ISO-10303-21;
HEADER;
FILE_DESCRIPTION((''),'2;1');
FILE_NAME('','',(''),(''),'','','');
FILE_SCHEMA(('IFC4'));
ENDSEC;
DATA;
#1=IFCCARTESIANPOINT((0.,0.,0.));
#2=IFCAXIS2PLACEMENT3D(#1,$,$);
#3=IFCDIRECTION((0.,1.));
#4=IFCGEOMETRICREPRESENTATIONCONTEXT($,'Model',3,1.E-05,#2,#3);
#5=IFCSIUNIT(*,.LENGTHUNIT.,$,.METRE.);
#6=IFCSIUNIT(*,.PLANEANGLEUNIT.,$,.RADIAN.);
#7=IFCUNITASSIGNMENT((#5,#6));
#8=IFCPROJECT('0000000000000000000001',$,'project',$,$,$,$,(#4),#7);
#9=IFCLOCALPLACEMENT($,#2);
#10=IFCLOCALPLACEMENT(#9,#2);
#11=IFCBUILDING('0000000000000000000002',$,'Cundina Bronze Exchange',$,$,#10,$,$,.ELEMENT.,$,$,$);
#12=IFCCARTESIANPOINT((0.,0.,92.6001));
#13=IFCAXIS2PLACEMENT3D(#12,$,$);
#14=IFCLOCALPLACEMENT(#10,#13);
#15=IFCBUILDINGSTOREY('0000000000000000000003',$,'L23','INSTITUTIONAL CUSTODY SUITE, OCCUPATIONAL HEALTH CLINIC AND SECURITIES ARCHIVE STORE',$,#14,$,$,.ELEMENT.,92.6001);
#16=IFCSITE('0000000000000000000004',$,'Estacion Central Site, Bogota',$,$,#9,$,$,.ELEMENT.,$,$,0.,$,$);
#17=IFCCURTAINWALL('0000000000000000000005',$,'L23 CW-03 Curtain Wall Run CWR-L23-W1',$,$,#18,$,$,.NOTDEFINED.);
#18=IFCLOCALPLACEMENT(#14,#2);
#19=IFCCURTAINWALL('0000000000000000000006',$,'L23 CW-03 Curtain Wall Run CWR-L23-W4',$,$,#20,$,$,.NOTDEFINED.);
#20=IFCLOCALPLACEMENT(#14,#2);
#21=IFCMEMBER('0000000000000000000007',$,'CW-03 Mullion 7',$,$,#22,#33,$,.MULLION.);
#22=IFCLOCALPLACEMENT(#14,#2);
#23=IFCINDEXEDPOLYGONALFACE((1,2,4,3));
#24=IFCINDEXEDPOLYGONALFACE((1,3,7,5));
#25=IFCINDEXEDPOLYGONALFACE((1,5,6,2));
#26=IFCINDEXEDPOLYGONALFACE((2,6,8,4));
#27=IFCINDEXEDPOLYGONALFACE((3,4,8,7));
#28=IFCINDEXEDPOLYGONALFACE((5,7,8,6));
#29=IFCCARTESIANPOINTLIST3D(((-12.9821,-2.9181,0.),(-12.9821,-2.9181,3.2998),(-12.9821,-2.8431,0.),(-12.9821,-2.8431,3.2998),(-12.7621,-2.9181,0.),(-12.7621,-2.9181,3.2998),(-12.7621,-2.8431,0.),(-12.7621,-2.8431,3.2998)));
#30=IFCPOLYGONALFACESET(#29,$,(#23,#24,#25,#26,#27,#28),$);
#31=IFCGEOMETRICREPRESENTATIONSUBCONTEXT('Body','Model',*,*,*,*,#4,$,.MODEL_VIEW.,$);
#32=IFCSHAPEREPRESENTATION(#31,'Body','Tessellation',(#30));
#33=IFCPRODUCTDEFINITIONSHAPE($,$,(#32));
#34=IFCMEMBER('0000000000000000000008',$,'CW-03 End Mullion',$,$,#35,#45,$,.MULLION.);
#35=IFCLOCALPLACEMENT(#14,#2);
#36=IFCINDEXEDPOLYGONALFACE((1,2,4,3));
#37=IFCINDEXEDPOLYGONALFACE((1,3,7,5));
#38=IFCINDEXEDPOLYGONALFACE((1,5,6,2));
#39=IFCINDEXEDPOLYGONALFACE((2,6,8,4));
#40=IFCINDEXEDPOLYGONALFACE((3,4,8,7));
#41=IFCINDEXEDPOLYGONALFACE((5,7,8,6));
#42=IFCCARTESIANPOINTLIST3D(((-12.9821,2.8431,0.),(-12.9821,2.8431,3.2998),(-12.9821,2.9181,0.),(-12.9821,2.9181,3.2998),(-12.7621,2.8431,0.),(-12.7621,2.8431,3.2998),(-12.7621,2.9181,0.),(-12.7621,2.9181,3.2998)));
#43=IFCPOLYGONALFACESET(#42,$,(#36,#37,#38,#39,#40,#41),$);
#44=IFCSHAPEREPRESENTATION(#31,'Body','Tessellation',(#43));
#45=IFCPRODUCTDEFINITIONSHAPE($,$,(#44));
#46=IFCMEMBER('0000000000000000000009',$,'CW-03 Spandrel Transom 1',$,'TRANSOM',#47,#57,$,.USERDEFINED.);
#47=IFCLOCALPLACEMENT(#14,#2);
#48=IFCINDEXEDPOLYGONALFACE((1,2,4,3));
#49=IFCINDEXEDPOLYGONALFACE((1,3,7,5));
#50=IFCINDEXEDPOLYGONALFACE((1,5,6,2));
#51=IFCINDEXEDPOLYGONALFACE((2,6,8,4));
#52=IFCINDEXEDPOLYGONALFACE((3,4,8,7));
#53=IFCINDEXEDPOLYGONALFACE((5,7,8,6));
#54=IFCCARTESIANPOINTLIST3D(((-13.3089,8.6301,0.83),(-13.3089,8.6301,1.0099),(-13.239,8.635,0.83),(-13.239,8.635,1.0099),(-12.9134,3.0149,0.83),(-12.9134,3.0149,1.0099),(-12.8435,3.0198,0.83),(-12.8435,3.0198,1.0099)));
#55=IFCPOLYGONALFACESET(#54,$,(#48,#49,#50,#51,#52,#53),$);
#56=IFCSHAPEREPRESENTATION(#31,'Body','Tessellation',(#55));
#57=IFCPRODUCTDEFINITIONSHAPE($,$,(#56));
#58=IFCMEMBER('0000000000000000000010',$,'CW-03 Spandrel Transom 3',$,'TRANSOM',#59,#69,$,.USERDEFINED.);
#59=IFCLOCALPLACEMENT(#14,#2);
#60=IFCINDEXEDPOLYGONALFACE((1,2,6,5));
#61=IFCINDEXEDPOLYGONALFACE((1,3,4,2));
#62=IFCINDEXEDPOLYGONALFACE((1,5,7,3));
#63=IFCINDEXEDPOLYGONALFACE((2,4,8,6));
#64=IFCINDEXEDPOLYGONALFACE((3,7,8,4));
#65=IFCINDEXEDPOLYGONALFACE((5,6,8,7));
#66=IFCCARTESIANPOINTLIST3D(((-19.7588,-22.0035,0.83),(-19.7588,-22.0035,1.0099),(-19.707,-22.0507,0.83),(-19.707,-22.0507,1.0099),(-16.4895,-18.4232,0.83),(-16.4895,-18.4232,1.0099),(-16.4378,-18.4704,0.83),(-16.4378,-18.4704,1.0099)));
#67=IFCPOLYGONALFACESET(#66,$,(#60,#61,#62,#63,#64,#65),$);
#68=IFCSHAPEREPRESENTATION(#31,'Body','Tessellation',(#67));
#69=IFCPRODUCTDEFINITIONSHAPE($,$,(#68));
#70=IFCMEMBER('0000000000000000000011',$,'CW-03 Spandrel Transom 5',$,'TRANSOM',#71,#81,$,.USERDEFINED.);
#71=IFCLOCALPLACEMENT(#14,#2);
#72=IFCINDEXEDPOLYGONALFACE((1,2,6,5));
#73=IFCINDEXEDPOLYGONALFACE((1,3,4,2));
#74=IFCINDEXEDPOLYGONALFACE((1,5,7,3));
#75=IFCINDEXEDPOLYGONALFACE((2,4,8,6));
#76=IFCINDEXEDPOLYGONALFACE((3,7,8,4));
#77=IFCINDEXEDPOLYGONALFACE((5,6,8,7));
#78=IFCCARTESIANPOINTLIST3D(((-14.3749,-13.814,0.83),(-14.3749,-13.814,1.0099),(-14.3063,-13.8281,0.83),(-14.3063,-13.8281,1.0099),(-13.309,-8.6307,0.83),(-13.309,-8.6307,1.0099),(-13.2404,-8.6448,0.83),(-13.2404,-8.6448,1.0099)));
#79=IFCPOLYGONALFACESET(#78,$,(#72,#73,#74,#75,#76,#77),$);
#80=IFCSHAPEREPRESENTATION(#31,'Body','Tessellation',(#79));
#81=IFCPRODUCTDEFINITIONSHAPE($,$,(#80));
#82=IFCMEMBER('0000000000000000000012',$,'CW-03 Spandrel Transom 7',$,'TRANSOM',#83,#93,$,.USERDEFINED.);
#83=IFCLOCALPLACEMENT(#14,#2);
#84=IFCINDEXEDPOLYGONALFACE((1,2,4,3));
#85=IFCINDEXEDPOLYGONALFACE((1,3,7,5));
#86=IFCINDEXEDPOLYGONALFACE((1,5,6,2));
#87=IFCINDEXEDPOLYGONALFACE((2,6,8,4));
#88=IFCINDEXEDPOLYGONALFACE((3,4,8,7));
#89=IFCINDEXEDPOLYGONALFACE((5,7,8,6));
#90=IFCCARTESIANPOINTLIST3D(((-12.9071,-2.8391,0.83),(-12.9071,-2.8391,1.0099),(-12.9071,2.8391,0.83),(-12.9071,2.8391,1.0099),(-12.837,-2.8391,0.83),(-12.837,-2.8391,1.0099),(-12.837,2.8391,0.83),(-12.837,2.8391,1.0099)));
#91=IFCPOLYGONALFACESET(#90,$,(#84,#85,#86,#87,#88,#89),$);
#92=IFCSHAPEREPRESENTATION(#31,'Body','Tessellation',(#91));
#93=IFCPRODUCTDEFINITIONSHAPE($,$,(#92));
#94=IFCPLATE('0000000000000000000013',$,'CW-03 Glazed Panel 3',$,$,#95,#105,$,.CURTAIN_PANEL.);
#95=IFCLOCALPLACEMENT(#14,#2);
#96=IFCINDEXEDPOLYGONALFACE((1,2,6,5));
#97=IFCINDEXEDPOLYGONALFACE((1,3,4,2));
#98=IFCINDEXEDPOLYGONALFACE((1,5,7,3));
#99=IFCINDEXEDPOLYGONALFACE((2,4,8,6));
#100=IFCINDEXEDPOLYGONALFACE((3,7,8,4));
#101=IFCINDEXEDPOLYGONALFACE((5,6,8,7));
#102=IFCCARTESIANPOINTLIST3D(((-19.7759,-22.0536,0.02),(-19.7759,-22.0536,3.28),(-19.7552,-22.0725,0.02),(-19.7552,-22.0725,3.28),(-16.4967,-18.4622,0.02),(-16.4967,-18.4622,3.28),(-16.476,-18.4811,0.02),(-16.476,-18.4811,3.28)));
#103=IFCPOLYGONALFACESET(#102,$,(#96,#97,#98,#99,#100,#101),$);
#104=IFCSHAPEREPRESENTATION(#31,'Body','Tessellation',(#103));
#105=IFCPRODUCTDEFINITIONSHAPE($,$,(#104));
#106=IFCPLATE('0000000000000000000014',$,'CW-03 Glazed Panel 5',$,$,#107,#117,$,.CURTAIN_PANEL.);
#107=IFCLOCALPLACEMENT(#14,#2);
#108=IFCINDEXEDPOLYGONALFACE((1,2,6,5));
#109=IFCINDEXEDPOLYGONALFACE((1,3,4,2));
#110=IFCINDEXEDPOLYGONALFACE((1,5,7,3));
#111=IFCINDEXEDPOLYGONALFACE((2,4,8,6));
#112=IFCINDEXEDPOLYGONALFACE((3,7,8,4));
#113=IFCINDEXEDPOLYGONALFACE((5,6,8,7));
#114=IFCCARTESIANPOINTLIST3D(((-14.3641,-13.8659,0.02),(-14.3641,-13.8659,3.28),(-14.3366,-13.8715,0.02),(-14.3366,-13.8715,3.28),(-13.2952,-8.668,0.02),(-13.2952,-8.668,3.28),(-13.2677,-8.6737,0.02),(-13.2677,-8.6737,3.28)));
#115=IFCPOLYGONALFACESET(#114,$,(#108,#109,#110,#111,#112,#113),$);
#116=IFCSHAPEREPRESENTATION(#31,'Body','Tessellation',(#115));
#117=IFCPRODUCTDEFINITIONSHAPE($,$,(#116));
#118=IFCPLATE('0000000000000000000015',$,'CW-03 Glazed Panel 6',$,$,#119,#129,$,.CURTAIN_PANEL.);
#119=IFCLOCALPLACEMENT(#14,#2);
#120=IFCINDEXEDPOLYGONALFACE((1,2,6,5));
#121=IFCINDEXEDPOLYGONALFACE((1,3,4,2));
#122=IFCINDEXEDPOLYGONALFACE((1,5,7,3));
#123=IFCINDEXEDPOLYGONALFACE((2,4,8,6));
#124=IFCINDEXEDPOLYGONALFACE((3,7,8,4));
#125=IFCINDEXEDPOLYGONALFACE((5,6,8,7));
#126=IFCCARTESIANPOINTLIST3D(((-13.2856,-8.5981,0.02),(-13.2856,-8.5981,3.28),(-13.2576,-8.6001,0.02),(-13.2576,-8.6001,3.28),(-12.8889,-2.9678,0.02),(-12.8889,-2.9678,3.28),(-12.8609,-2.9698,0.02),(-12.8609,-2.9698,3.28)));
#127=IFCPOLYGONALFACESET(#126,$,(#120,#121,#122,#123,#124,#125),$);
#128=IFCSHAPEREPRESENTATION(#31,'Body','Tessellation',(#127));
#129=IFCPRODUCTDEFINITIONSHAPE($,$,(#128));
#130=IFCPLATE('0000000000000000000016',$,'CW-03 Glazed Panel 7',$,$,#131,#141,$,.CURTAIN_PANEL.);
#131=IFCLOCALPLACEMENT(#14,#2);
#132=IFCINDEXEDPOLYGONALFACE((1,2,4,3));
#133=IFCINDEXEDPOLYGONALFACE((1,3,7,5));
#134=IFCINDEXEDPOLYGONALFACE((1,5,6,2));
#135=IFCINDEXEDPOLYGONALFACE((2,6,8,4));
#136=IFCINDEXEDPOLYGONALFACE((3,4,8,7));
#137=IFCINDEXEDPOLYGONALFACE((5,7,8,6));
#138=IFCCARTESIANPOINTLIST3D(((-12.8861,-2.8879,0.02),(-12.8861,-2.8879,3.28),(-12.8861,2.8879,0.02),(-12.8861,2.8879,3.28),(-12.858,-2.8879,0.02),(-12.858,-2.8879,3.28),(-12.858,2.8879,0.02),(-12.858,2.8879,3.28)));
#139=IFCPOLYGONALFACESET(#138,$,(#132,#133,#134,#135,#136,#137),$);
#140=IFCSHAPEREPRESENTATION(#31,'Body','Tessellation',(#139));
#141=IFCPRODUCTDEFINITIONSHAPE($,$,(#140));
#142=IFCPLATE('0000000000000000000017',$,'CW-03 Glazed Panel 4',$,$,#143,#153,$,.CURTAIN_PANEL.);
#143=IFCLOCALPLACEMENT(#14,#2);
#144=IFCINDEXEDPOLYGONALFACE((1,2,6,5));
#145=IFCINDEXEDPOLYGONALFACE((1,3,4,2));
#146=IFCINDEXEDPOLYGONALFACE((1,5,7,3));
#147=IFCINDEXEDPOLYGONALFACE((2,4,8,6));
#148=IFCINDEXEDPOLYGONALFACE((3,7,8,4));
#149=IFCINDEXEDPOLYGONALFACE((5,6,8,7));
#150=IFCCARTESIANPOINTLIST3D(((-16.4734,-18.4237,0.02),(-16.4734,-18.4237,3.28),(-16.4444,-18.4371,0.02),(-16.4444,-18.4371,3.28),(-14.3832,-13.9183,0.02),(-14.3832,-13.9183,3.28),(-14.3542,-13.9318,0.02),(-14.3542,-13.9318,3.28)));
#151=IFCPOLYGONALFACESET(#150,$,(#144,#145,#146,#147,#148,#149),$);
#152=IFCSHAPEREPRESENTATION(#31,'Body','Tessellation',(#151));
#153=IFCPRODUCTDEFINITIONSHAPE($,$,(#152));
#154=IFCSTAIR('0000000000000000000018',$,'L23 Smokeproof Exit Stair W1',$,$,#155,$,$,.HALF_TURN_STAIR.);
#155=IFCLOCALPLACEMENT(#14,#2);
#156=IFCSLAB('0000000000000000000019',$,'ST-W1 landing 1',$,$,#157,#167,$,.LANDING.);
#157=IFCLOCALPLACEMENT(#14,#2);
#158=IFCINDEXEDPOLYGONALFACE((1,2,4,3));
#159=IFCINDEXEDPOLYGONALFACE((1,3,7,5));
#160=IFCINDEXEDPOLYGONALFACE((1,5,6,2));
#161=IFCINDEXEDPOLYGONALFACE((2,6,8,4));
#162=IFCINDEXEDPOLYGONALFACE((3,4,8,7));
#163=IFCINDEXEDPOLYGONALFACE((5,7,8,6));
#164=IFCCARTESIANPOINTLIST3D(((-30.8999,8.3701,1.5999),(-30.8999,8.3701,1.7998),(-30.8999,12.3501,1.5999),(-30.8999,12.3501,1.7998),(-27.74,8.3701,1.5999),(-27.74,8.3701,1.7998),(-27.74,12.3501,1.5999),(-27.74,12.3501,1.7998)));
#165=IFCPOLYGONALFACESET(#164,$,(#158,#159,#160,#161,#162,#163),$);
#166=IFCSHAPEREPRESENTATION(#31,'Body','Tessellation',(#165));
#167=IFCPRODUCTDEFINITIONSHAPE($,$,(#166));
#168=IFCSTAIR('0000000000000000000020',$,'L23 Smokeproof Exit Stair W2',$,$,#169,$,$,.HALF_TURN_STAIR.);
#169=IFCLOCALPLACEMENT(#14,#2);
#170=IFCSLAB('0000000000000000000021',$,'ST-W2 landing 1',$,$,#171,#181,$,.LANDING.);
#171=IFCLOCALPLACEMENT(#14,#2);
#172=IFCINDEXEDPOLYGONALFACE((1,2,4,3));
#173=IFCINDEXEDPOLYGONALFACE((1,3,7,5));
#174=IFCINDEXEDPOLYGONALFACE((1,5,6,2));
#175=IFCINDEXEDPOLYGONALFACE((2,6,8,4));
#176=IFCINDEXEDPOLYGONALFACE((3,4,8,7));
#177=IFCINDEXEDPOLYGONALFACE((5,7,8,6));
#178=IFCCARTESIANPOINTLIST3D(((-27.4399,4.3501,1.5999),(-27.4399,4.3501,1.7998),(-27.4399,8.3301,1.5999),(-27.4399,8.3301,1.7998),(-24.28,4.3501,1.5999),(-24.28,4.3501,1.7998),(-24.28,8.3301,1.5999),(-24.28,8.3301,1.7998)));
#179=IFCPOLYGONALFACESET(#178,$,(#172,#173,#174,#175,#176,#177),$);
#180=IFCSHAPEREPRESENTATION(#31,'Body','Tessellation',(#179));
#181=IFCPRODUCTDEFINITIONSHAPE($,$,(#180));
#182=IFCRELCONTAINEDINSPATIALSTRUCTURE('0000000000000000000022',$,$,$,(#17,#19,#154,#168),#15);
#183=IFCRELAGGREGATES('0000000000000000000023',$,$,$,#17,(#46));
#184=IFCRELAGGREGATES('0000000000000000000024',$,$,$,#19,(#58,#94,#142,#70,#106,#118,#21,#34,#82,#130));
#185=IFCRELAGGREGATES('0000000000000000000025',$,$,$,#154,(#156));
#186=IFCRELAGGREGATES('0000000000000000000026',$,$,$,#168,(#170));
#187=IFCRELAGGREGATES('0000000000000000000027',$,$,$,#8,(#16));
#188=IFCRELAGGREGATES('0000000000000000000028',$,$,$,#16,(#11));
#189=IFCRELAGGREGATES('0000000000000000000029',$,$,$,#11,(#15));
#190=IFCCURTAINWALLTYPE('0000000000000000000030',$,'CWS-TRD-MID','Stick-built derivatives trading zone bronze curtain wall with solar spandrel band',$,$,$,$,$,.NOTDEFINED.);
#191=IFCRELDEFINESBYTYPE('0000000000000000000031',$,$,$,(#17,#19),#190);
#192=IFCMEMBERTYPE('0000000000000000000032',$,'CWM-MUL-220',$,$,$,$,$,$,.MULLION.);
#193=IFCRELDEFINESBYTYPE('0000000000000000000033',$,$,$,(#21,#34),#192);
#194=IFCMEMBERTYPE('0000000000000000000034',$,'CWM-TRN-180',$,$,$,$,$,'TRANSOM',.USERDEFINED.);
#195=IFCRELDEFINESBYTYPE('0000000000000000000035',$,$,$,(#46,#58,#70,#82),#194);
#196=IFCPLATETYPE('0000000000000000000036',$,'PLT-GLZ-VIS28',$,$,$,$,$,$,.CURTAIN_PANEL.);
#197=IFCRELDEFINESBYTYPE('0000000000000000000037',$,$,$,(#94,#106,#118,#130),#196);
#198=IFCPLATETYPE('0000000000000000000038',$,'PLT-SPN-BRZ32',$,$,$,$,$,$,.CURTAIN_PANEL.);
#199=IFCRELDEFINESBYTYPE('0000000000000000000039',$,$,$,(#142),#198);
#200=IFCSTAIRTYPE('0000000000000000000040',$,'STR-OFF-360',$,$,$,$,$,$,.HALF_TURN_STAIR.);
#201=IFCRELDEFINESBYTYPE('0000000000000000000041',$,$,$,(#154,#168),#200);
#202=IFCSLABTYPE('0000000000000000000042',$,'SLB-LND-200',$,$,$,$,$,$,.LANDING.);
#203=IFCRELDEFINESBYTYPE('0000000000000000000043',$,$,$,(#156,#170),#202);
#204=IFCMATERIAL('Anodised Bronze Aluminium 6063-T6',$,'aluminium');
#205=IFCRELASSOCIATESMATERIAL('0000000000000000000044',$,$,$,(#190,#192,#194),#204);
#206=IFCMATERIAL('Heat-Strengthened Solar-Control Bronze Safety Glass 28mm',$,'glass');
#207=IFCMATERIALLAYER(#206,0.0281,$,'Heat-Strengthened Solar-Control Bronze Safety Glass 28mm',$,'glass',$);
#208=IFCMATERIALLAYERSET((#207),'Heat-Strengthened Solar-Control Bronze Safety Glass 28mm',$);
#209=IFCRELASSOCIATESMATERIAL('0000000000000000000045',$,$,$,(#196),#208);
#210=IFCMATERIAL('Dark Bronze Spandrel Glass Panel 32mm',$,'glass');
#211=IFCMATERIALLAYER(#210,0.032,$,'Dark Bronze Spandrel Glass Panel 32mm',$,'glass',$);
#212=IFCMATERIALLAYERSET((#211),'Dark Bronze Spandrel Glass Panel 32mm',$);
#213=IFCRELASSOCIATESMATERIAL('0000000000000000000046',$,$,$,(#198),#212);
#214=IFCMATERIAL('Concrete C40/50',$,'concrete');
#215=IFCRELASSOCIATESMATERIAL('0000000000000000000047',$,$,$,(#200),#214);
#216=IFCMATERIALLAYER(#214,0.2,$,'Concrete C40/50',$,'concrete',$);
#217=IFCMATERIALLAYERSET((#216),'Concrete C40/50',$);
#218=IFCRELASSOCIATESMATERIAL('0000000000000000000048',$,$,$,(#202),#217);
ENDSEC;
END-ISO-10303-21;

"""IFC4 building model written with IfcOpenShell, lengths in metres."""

from ifc_helpers import new_model, si_unit, direction, frame, origin, origin_2d, place, context, subcontext, project, spatial, polyline, rectangle, outline, extrude, material, layer, layer_set, material_profile, profile_set, type_object, element, aggregate, save


model = new_model("IFC4")

# Units and contexts
model_context = context("Model", 3, precision=1e-05, world=origin(), true_north=direction((0.0, 1.0)))
body_context = subcontext(model_context, "Body", "Model", "MODEL_VIEW")
ifc_project = project(units=[si_unit("LENGTHUNIT", "METRE"), si_unit("PLANEANGLEUNIT", "RADIAN")], contexts=[model_context])

# Site, building, storey
site_placement = place(None, origin())
site = spatial("IfcSite", under=ifc_project, at=site_placement, Name="Estacion Central Site, Bogota", CompositionType="ELEMENT", RefElevation=0.0)
building_placement = place(site_placement, origin())
building = spatial("IfcBuilding", under=site, at=building_placement, Name="Cundina Bronze Exchange", CompositionType="ELEMENT")
storey_placement = place(building_placement, frame((0.0, 0.0, 92.6001)))
storey = spatial("IfcBuildingStorey", under=building, at=storey_placement, Name="L23", Description="INSTITUTIONAL CUSTODY SUITE, OCCUPATIONAL HEALTH CLINIC AND SECURITIES ARCHIVE STORE", CompositionType="ELEMENT", Elevation=92.6001)

# Curtain wall
ifc_material_1 = material(Name="Anodised Bronze Aluminium 6063-T6", Category="aluminium")
curtain_wall_type = type_object("IfcCurtainWallType", Name="CWS-TRD-MID", Description="Stick-built derivatives trading zone bronze curtain wall with solar spandrel band", PredefinedType="NOTDEFINED", material=ifc_material_1)
curtain_wall_1_placement = place(storey_placement, origin())
curtain_wall_1 = element("IfcCurtainWall", 1, at=curtain_wall_1_placement, inside=storey, type_object=curtain_wall_type, Name="L23 CW-03 Curtain Wall Run CWR-L23-W1", PredefinedType="NOTDEFINED")
ifc_material_profile_1 = material_profile(ifc_material_1, rectangle(XDim=0.075, YDim=0.22, at=origin_2d()), Name="AL75X220", Category="aluminium")
ifc_profile_set_1 = profile_set([ifc_material_profile_1], Name="Anodised Bronze Aluminium 6063-T6")
member_type_1 = type_object("IfcMemberType", Name="CWM-MUL-220", PredefinedType="MULLION", material=ifc_profile_set_1)

# Curtain wall, members
curtain_wall_2_placement = place(storey_placement, origin())
curtain_wall_2 = element("IfcCurtainWall", 2, at=curtain_wall_2_placement, inside=storey, type_object=curtain_wall_type, Name="L23 CW-03 Curtain Wall Run CWR-L23-W4", PredefinedType="NOTDEFINED")
member_1_placement = place(storey_placement, frame((-12.8721, -2.8806, 0.0), z_axis=(0.0, 0.0, 1.0), x_axis=(0.0, 1.0, 0.0)))
member_1 = element("IfcMember", 3, at=member_1_placement, type_object=member_type_1, Name="CW-03 Mullion 7", PredefinedType="MULLION", context=body_context, shape_type="SweptSolid", body=[
    extrude(rectangle(XDim=0.075, YDim=0.22, at=origin_2d()), origin(), (0.0, 0.0, 1.0), 3.2998),
])
member_2_placement = place(storey_placement, frame((-12.8721, 2.8806, 0.0), z_axis=(0.0, 0.0, 1.0), x_axis=(0.0, 1.0, 0.0)))
member_2 = element("IfcMember", 4, at=member_2_placement, type_object=member_type_1, Name="CW-03 End Mullion", PredefinedType="MULLION", context=body_context, shape_type="SweptSolid", body=[
    extrude(rectangle(XDim=0.075, YDim=0.22, at=origin_2d()), origin(), (0.0, 0.0, 1.0), 3.2998),
])

# Members
ifc_material_profile_2 = material_profile(ifc_material_1, rectangle(XDim=0.0701, YDim=0.1799, at=origin_2d()), Name="AL70X180", Category="aluminium")
ifc_profile_set_2 = profile_set([ifc_material_profile_2], Name="Anodised Bronze Aluminium 6063-T6")
member_type_2 = type_object("IfcMemberType", Name="CWM-TRN-180", ElementType="TRANSOM", PredefinedType="USERDEFINED", material=ifc_profile_set_2)
member_3_placement = place(storey_placement, frame((-12.8784, 3.0173, 0.9199), z_axis=(-0.070261, 0.997529, 0.0), x_axis=(-0.997529, -0.070261, 0.0)))
member_3 = element("IfcMember", 5, at=member_3_placement, type_object=member_type_2, Name="CW-03 Spandrel Transom 1", ObjectType="TRANSOM", PredefinedType="USERDEFINED", context=body_context, shape_type="SweptSolid", body=[
    extrude(rectangle(XDim=0.0701, YDim=0.1799, at=origin_2d()), origin(), (0.0, 0.0, 1.0), 5.6292),
])
aggregate(curtain_wall_1, [member_3])
member_4_placement = place(storey_placement, frame((-19.7329, -22.0271, 0.9199), z_axis=(0.674303, 0.738455, 0.0), x_axis=(-0.738455, 0.674303, 0.0)))
member_4 = element("IfcMember", 6, at=member_4_placement, type_object=member_type_2, Name="CW-03 Spandrel Transom 3", ObjectType="TRANSOM", PredefinedType="USERDEFINED", context=body_context, shape_type="SweptSolid", body=[
    extrude(rectangle(XDim=0.0701, YDim=0.1799, at=origin_2d()), origin(), (0.0, 0.0, 1.0), 4.8484),
])
member_5_placement = place(storey_placement, frame((-14.3406, -13.821, 0.9199), z_axis=(0.201428, 0.979503, 0.0), x_axis=(-0.979503, 0.201428, 0.0)))
member_5 = element("IfcMember", 7, at=member_5_placement, type_object=member_type_2, Name="CW-03 Spandrel Transom 5", ObjectType="TRANSOM", PredefinedType="USERDEFINED", context=body_context, shape_type="SweptSolid", body=[
    extrude(rectangle(XDim=0.0701, YDim=0.1799, at=origin_2d()), origin(), (0.0, 0.0, 1.0), 5.2917),
])
member_6_placement = place(storey_placement, frame((-12.8721, -2.8391, 0.9199), z_axis=(0.0, 1.0, 0.0), x_axis=(-1.0, 0.0, 0.0)))
member_6 = element("IfcMember", 8, at=member_6_placement, type_object=member_type_2, Name="CW-03 Spandrel Transom 7", ObjectType="TRANSOM", PredefinedType="USERDEFINED", context=body_context, shape_type="SweptSolid", body=[
    extrude(rectangle(XDim=0.0701, YDim=0.1799, at=origin_2d()), origin(), (0.0, 0.0, 1.0), 5.6782),
])

# Plates
ifc_material_2 = material(Name="Heat-Strengthened Solar-Control Bronze Safety Glass 28mm", Category="glass")
ifc_layer_1 = layer(ifc_material_2, 0.0281, Name="Heat-Strengthened Solar-Control Bronze Safety Glass 28mm", Category="glass")
ifc_layer_set_1 = layer_set([ifc_layer_1], Name="Heat-Strengthened Solar-Control Bronze Safety Glass 28mm")
plate_type_1 = type_object("IfcPlateType", Name="PLT-GLZ-VIS28", PredefinedType="CURTAIN_PANEL", material=ifc_layer_set_1)
plate_1_placement = place(storey_placement, frame((-18.126, -20.2673, 0.02), z_axis=(0.0, 0.0, 1.0), x_axis=(0.674277, 0.738479, 0.0)))
plate_1 = element("IfcPlate", 9, at=plate_1_placement, type_object=plate_type_1, Name="CW-03 Glazed Panel 3", PredefinedType="CURTAIN_PANEL", context=body_context, shape_type="SweptSolid", body=[
    extrude(rectangle(XDim=4.8633, YDim=0.0281, at=origin_2d()), origin(), (0.0, 0.0, 1.0), 3.26),
])
plate_2_placement = place(storey_placement, frame((-13.8159, -11.2698, 0.02), z_axis=(0.0, 0.0, 1.0), x_axis=(0.20142, 0.979505, 0.0)))
plate_2 = element("IfcPlate", 10, at=plate_2_placement, type_object=plate_type_1, Name="CW-03 Glazed Panel 5", PredefinedType="CURTAIN_PANEL", context=body_context, shape_type="SweptSolid", body=[
    extrude(rectangle(XDim=5.3066, YDim=0.0281, at=origin_2d()), origin(), (0.0, 0.0, 1.0), 3.26),
])
plate_3_placement = place(storey_placement, frame((-13.0732, -5.7839, 0.02), z_axis=(0.0, 0.0, 1.0), x_axis=(0.070279, 0.997527, 0.0)))
plate_3 = element("IfcPlate", 11, at=plate_3_placement, type_object=plate_type_1, Name="CW-03 Glazed Panel 6", PredefinedType="CURTAIN_PANEL", context=body_context, shape_type="SweptSolid", body=[
    extrude(rectangle(XDim=5.6443, YDim=0.0281, at=origin_2d()), origin(), (0.0, 0.0, 1.0), 3.26),
])
plate_4_placement = place(storey_placement, frame((-12.8721, 0.0, 0.02), z_axis=(0.0, 0.0, 1.0), x_axis=(0.0, 1.0, 0.0)))
plate_4 = element("IfcPlate", 12, at=plate_4_placement, type_object=plate_type_1, Name="CW-03 Glazed Panel 7", PredefinedType="CURTAIN_PANEL", context=body_context, shape_type="SweptSolid", body=[
    extrude(rectangle(XDim=5.7759, YDim=0.0281, at=origin_2d()), origin(), (0.0, 0.0, 1.0), 3.26),
])
ifc_material_3 = material(Name="Dark Bronze Spandrel Glass Panel 32mm", Category="glass")
ifc_layer_2 = layer(ifc_material_3, 0.032, Name="Dark Bronze Spandrel Glass Panel 32mm", Category="glass")
ifc_layer_set_2 = layer_set([ifc_layer_2], Name="Dark Bronze Spandrel Glass Panel 32mm")
plate_type_2 = type_object("IfcPlateType", Name="PLT-SPN-BRZ32", PredefinedType="CURTAIN_PANEL", material=ifc_layer_set_2)
plate_5_placement = place(storey_placement, frame((-15.4138, -16.1777, 0.02), z_axis=(0.0, 0.0, 1.0), x_axis=(0.420846, 0.907132, 0.0)))
plate_5 = element("IfcPlate", 13, at=plate_5_placement, type_object=plate_type_2, Name="CW-03 Glazed Panel 4", PredefinedType="CURTAIN_PANEL", context=body_context, shape_type="SweptSolid", body=[
    extrude(rectangle(XDim=4.9666, YDim=0.032, at=origin_2d()), origin(), (0.0, 0.0, 1.0), 3.26),
])
aggregate(curtain_wall_2, [member_4, plate_1, plate_5, member_5, plate_2, plate_3, member_1, member_2, member_6, plate_4])

# Stairs, slabs
ifc_material_4 = material(Name="Concrete C40/50", Category="concrete")
stair_type = type_object("IfcStairType", Name="STR-OFF-360", PredefinedType="HALF_TURN_STAIR", material=ifc_material_4)
stair_1_placement = place(storey_placement, origin())
stair_1 = element("IfcStair", 14, at=stair_1_placement, inside=storey, type_object=stair_type, Name="L23 Smokeproof Exit Stair W1", PredefinedType="HALF_TURN_STAIR")
ifc_layer_3 = layer(ifc_material_4, 0.2, Name="Concrete C40/50", Category="concrete")
ifc_layer_set_3 = layer_set([ifc_layer_3], Name="Concrete C40/50")
slab_type_1 = type_object("IfcSlabType", Name="SLB-LND-200", PredefinedType="LANDING", material=ifc_layer_set_3)
slab_1_placement = place(storey_placement, frame((0.0, 0.0, 1.5999)))
slab_1 = element("IfcSlab", 15, at=slab_1_placement, type_object=slab_type_1, Name="ST-W1 landing 1", PredefinedType="LANDING", context=body_context, shape_type="SweptSolid", body=[
    extrude(outline(polyline([(-27.74, 8.3701), (-27.74, 12.3501), (-30.8999, 12.3501), (-30.8999, 8.3701), (-27.74, 8.3701)])), origin(), (0.0, 0.0, 1.0), 0.2),
])
aggregate(stair_1, [slab_1])
stair_2_placement = place(storey_placement, origin())
stair_2 = element("IfcStair", 16, at=stair_2_placement, inside=storey, type_object=stair_type, Name="L23 Smokeproof Exit Stair W2", PredefinedType="HALF_TURN_STAIR")
slab_2_placement = place(storey_placement, frame((0.0, 0.0, 1.5999)))
slab_2 = element("IfcSlab", 17, at=slab_2_placement, type_object=slab_type_1, Name="ST-W2 landing 1", PredefinedType="LANDING", context=body_context, shape_type="SweptSolid", body=[
    extrude(outline(polyline([(-27.4399, 8.3301), (-27.4399, 4.3501), (-24.28, 4.3501), (-24.28, 8.3301), (-27.4399, 8.3301)])), origin(), (0.0, 0.0, 1.0), 0.2),
])
aggregate(stair_2, [slab_2])

save(model, "model.ifc")
